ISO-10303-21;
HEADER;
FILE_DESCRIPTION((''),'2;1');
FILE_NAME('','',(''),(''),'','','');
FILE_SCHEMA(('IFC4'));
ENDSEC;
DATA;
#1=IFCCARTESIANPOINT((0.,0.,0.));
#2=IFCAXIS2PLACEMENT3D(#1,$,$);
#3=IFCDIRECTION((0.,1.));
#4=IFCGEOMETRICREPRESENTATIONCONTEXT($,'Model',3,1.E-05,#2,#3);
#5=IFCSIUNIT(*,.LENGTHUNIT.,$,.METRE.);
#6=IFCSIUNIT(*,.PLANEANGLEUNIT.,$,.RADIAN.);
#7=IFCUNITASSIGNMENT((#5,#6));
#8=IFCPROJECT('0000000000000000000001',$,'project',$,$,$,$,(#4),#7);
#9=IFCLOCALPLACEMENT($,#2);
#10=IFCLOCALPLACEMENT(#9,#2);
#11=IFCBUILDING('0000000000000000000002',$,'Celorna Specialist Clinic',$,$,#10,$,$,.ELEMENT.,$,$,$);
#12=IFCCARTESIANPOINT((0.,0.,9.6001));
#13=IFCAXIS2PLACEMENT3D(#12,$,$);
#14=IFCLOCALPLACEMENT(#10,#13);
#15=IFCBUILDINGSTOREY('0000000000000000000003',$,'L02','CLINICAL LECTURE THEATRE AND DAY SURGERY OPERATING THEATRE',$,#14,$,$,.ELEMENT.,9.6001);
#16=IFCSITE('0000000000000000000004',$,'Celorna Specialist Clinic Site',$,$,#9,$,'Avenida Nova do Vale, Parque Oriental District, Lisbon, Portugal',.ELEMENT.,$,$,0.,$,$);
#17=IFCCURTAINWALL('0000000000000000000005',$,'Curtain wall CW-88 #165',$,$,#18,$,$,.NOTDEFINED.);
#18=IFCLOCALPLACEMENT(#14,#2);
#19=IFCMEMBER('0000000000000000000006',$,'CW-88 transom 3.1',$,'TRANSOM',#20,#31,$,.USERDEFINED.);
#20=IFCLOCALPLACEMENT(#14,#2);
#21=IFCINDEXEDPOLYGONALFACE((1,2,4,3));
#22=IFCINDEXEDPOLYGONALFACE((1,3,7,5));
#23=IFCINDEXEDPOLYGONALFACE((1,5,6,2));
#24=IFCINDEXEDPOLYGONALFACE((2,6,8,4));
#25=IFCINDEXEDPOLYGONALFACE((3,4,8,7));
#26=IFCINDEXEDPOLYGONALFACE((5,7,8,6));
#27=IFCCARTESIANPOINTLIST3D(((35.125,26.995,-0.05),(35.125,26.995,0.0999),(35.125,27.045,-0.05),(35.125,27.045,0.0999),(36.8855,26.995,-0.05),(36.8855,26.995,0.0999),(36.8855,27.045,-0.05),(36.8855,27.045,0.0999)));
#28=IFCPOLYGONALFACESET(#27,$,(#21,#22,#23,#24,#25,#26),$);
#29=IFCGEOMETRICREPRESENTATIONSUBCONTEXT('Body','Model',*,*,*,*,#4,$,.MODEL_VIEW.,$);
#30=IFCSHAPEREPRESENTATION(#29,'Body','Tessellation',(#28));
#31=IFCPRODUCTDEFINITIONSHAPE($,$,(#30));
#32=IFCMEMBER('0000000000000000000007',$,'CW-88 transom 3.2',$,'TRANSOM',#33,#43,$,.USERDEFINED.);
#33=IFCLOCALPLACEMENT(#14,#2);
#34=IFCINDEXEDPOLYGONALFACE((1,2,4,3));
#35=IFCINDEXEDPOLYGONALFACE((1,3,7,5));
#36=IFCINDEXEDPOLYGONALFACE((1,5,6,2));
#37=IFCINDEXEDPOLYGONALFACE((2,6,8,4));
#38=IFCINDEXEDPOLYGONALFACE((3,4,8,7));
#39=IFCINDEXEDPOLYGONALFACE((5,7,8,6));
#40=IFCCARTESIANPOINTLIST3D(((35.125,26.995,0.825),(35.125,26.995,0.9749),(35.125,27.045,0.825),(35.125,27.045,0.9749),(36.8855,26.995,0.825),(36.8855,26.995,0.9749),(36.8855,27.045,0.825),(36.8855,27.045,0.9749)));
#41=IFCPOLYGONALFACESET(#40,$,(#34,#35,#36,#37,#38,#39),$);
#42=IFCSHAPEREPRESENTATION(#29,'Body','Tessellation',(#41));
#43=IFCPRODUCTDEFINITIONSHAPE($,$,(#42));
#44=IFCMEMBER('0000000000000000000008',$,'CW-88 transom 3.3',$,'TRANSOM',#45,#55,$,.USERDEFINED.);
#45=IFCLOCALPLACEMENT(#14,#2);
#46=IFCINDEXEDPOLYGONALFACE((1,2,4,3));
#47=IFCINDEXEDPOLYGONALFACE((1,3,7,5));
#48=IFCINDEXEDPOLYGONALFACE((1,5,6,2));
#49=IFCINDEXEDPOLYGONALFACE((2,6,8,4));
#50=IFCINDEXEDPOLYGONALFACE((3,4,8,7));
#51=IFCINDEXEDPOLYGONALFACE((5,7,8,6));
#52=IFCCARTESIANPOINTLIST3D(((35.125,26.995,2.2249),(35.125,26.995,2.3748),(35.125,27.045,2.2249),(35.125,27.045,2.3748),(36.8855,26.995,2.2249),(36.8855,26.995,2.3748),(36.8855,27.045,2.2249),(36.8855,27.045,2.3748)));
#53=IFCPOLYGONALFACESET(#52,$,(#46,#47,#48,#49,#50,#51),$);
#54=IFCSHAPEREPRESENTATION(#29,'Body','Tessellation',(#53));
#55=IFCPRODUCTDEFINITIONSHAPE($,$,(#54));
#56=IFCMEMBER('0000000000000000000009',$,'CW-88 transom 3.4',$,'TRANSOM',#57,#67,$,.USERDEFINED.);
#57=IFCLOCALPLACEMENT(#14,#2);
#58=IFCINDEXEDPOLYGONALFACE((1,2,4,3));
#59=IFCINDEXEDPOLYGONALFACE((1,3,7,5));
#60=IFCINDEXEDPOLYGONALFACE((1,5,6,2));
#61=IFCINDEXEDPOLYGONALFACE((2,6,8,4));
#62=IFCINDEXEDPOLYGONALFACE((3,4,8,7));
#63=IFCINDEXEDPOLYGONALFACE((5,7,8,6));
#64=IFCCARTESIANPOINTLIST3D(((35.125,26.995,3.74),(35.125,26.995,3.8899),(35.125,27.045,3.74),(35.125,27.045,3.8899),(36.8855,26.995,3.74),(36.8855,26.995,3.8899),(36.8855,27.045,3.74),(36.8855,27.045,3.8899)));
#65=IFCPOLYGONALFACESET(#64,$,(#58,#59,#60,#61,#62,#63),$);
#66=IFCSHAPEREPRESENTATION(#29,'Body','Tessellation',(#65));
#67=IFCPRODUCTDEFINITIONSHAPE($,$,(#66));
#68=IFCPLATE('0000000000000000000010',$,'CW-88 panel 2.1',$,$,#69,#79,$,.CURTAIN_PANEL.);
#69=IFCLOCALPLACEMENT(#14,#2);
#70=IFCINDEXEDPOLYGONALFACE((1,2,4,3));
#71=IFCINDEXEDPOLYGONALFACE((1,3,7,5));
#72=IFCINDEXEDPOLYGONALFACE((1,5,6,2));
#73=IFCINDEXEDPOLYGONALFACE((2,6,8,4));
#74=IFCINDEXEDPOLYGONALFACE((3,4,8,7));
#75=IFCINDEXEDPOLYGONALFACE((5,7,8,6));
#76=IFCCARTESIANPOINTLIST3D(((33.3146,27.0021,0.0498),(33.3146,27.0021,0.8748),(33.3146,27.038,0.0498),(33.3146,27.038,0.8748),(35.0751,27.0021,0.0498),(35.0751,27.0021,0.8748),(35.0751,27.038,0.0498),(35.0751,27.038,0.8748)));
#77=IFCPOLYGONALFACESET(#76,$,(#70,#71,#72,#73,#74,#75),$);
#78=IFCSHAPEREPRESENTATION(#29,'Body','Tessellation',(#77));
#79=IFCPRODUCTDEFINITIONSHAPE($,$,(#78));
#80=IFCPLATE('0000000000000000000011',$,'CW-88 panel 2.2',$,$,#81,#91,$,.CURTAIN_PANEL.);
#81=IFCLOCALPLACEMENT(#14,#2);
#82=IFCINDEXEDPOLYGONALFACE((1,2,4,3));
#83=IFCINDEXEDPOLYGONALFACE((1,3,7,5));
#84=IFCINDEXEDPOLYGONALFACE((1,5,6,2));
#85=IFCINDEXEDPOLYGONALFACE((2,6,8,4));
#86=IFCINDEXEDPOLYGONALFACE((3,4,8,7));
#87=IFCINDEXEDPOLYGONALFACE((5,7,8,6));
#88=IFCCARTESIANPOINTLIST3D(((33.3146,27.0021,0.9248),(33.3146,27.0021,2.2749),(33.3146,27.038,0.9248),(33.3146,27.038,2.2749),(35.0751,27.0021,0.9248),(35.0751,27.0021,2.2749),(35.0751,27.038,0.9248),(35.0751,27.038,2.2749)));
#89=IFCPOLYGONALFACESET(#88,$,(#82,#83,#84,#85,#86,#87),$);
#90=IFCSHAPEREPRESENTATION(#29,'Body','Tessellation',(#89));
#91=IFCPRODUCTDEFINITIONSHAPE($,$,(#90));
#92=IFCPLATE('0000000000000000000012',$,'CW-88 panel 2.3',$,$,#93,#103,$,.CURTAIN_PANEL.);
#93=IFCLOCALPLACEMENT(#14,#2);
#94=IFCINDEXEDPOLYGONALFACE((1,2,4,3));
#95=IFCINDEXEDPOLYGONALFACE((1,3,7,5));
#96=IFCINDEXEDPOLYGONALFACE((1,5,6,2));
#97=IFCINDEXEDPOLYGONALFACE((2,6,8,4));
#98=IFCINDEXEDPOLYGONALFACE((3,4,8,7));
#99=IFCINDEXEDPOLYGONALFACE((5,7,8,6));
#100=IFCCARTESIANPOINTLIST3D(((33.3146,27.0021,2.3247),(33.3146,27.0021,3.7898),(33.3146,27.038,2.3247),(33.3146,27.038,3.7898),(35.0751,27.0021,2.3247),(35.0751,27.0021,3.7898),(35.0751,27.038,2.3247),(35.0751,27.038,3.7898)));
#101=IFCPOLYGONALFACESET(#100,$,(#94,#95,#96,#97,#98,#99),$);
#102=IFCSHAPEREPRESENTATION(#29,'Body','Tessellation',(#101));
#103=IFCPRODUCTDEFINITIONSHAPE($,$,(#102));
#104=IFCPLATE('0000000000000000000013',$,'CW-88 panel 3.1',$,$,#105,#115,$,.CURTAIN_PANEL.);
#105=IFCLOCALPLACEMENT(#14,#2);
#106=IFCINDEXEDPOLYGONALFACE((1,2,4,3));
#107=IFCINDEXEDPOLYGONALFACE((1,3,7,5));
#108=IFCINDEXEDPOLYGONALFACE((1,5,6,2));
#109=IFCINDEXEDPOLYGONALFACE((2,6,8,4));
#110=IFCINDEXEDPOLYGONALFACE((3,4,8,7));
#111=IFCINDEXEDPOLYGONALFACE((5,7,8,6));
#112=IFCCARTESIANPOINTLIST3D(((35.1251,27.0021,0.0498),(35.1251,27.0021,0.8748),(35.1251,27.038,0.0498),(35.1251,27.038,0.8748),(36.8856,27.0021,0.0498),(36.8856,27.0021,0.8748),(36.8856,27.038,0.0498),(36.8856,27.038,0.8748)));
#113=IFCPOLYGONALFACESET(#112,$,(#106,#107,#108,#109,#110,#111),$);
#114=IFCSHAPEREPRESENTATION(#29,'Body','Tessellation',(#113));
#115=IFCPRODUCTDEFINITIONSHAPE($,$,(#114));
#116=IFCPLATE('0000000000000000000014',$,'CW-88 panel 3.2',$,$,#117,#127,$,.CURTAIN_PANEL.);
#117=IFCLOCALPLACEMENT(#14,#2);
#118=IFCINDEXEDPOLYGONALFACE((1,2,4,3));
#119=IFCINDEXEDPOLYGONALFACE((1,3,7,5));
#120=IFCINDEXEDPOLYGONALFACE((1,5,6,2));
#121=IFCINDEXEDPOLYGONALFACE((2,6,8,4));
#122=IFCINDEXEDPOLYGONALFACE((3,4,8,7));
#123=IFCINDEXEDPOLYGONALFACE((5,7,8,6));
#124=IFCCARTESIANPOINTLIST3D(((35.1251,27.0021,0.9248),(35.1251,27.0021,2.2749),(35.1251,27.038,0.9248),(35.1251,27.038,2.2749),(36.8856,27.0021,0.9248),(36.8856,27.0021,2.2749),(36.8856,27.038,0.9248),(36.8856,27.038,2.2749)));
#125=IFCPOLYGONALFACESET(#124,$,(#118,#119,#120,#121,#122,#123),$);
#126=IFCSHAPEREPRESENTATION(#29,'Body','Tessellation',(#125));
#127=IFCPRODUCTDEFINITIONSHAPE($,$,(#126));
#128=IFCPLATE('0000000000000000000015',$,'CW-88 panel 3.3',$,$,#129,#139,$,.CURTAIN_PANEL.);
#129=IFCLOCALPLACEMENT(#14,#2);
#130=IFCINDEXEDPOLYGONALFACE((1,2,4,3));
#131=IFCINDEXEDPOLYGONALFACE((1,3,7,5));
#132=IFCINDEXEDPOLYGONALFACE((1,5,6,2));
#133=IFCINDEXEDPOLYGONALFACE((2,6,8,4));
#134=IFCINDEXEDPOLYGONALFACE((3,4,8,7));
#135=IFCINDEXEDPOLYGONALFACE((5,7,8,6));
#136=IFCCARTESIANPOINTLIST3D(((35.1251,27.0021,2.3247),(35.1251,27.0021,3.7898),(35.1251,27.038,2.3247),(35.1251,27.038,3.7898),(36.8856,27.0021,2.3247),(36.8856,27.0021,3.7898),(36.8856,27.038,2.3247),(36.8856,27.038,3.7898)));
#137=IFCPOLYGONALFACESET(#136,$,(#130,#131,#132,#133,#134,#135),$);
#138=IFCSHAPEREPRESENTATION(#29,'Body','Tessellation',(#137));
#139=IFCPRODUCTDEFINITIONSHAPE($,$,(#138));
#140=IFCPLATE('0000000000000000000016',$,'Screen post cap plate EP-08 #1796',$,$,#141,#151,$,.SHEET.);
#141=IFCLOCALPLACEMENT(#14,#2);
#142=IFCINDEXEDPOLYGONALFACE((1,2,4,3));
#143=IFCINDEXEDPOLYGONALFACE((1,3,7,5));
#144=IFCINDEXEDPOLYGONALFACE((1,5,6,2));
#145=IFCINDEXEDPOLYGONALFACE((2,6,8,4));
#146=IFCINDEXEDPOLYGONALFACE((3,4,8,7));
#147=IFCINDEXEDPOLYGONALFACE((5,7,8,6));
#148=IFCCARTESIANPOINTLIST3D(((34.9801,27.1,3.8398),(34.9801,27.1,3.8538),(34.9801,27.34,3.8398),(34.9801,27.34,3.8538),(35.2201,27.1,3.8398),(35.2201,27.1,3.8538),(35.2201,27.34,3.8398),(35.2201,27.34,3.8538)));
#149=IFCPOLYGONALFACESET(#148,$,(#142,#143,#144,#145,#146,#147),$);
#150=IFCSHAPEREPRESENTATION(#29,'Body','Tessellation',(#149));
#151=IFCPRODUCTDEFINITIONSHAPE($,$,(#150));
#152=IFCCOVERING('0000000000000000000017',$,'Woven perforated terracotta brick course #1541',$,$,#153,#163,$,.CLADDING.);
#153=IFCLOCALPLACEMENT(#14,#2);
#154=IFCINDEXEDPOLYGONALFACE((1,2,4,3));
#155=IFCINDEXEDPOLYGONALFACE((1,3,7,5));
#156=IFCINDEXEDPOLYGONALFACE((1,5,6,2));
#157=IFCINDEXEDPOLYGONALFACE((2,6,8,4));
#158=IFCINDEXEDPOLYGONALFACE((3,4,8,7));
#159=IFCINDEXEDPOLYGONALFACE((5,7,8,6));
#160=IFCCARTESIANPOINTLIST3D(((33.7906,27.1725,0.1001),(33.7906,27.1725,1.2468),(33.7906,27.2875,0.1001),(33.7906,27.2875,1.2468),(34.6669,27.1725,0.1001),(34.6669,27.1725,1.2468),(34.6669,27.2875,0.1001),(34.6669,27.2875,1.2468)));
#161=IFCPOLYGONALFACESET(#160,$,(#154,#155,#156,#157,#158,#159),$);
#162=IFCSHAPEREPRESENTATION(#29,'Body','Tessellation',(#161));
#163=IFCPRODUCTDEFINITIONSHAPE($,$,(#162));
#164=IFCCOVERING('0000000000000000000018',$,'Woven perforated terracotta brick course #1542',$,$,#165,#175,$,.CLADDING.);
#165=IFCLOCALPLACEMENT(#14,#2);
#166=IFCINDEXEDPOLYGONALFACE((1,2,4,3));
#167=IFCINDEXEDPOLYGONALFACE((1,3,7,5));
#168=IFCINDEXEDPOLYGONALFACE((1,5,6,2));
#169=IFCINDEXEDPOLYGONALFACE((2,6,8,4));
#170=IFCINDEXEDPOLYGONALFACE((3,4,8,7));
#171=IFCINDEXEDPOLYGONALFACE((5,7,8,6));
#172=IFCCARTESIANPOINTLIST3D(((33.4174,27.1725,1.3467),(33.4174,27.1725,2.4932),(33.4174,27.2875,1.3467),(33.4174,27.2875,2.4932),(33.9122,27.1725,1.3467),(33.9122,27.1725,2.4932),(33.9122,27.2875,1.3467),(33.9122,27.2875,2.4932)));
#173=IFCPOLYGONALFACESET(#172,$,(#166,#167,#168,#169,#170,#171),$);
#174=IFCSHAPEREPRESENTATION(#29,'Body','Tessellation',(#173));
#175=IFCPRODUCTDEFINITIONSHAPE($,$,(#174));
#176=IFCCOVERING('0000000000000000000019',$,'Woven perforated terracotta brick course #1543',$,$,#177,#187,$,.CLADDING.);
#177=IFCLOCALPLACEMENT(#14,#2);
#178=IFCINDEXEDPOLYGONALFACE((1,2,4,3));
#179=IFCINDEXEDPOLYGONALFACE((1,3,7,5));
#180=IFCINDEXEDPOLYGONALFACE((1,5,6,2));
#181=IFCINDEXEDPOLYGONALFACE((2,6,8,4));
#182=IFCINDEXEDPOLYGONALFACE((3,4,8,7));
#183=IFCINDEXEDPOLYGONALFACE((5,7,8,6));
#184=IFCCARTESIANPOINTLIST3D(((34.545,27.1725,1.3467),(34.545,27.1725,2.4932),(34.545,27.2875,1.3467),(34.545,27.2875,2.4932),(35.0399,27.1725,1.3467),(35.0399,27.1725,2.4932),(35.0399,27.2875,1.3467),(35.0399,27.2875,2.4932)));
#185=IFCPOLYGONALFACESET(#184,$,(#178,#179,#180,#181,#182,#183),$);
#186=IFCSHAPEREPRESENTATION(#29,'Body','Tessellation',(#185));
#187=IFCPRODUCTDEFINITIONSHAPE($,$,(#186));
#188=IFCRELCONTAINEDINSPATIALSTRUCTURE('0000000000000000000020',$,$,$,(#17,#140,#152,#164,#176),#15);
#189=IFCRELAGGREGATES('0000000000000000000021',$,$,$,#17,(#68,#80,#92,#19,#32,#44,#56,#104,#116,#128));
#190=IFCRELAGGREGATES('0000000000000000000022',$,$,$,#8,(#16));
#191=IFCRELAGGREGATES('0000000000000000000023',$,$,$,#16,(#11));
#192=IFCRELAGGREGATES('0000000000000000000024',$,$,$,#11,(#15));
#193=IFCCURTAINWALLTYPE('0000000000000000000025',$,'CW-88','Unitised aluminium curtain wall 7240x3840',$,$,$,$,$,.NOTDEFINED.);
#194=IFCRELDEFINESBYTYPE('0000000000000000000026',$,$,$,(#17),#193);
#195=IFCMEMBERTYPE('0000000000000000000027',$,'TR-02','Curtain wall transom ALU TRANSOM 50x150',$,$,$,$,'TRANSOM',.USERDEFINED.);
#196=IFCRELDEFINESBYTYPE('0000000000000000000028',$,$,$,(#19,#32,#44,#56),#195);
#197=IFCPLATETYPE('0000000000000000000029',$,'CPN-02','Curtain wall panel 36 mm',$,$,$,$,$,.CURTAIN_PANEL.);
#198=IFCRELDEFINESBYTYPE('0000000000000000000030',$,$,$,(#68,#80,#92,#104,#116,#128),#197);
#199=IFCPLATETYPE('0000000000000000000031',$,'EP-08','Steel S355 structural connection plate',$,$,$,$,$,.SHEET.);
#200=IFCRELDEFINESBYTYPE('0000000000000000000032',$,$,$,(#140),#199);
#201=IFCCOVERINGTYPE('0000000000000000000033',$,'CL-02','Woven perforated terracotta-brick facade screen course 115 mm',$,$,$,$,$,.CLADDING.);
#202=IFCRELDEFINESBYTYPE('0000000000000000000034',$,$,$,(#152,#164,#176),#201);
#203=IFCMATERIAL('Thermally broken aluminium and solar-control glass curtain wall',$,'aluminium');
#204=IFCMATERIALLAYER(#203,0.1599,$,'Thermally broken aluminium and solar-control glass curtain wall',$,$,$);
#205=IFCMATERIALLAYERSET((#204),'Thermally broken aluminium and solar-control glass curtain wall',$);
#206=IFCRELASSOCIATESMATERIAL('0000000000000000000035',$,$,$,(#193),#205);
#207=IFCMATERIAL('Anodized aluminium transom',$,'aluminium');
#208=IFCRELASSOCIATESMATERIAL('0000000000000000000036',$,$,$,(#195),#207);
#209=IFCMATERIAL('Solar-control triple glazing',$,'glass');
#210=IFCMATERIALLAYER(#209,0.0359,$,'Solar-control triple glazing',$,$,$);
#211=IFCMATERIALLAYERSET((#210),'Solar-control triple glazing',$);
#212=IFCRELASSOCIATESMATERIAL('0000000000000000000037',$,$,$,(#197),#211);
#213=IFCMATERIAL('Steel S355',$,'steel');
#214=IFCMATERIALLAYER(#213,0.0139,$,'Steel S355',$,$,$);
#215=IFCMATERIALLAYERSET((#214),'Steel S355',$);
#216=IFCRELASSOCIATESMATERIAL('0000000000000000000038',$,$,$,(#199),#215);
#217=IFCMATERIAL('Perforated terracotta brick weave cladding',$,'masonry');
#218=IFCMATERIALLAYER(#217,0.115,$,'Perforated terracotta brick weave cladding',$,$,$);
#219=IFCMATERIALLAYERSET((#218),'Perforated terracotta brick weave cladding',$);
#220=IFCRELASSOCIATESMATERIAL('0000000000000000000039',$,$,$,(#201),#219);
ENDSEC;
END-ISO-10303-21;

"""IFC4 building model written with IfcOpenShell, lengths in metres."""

from ifc_helpers import new_model, si_unit, direction, frame, origin, origin_2d, place, context, subcontext, project, spatial, rectangle, extrude, material, layer, layer_set, material_profile, profile_set, type_object, element, aggregate, save


model = new_model("IFC4")

# Units and contexts
model_context = context("Model", 3, precision=1e-05, world=origin(), true_north=direction((0.0, 1.0)))
body_context = subcontext(model_context, "Body", "Model", "MODEL_VIEW")
ifc_project = project(units=[si_unit("LENGTHUNIT", "METRE"), si_unit("PLANEANGLEUNIT", "RADIAN")], contexts=[model_context])

# Site, building, storey
site_placement = place(None, origin())
site = spatial("IfcSite", under=ifc_project, at=site_placement, Name="Celorna Specialist Clinic Site", LongName="Avenida Nova do Vale, Parque Oriental District, Lisbon, Portugal", CompositionType="ELEMENT", RefElevation=0.0)
building_placement = place(site_placement, origin())
building = spatial("IfcBuilding", under=site, at=building_placement, Name="Celorna Specialist Clinic", CompositionType="ELEMENT")
storey_placement = place(building_placement, frame((0.0, 0.0, 9.6001)))
storey = spatial("IfcBuildingStorey", under=building, at=storey_placement, Name="L02", Description="CLINICAL LECTURE THEATRE AND DAY SURGERY OPERATING THEATRE", CompositionType="ELEMENT", Elevation=9.6001)

# Shared definitions
ifc_material_1 = material(Name="Steel S355", Category="steel")

# Curtain wall, members, plates
ifc_material_2 = material(Name="Thermally broken aluminium and solar-control glass curtain wall", Category="aluminium")
ifc_layer_1 = layer(ifc_material_2, 0.1599, Name="Thermally broken aluminium and solar-control glass curtain wall")
ifc_layer_set_1 = layer_set([ifc_layer_1], Name="Thermally broken aluminium and solar-control glass curtain wall")
curtain_wall_type = type_object("IfcCurtainWallType", Name="CW-88", Description="Unitised aluminium curtain wall 7240x3840", PredefinedType="NOTDEFINED", material=ifc_layer_set_1)
curtain_wall_placement = place(storey_placement, origin())
curtain_wall = element("IfcCurtainWall", 1, at=curtain_wall_placement, inside=storey, type_object=curtain_wall_type, Name="Curtain wall CW-88 #165", PredefinedType="NOTDEFINED")
ifc_material_3 = material(Name="Anodized aluminium transom", Category="aluminium")
ifc_material_profile_1 = material_profile(ifc_material_3, rectangle(XDim=0.05, YDim=0.1499, at=origin_2d()), Name="ALU TRANSOM 50x150")
ifc_profile_set_1 = profile_set([ifc_material_profile_1], Name="Anodized aluminium transom")
member_type_1 = type_object("IfcMemberType", Name="TR-02", Description="Curtain wall transom ALU TRANSOM 50x150", ElementType="TRANSOM", PredefinedType="USERDEFINED", material=ifc_profile_set_1)
member_1_placement = place(storey_placement, frame((35.125, 27.02, 0.0249), z_axis=(1.0, 0.0, 0.0), x_axis=(0.0, 1.0, 0.0)))
member_1 = element("IfcMember", 2, at=member_1_placement, type_object=member_type_1, Name="CW-88 transom 3.1", ObjectType="TRANSOM", PredefinedType="USERDEFINED", context=body_context, shape_type="SweptSolid", body=[
    extrude(rectangle(XDim=0.05, YDim=0.1499, at=origin_2d()), origin(), (0.0, 0.0, 1.0), 1.7605),
])
member_2_placement = place(storey_placement, frame((35.125, 27.02, 0.8999), z_axis=(1.0, 0.0, 0.0), x_axis=(0.0, 1.0, 0.0)))
member_2 = element("IfcMember", 3, at=member_2_placement, type_object=member_type_1, Name="CW-88 transom 3.2", ObjectType="TRANSOM", PredefinedType="USERDEFINED", context=body_context, shape_type="SweptSolid", body=[
    extrude(rectangle(XDim=0.05, YDim=0.1499, at=origin_2d()), origin(), (0.0, 0.0, 1.0), 1.7605),
])
member_3_placement = place(storey_placement, frame((35.125, 27.02, 2.2998), z_axis=(1.0, 0.0, 0.0), x_axis=(0.0, 1.0, 0.0)))
member_3 = element("IfcMember", 4, at=member_3_placement, type_object=member_type_1, Name="CW-88 transom 3.3", ObjectType="TRANSOM", PredefinedType="USERDEFINED", context=body_context, shape_type="SweptSolid", body=[
    extrude(rectangle(XDim=0.05, YDim=0.1499, at=origin_2d()), origin(), (0.0, 0.0, 1.0), 1.7605),
])
member_4_placement = place(storey_placement, frame((35.125, 27.02, 3.8149), z_axis=(1.0, 0.0, 0.0), x_axis=(0.0, 1.0, 0.0)))
member_4 = element("IfcMember", 5, at=member_4_placement, type_object=member_type_1, Name="CW-88 transom 3.4", ObjectType="TRANSOM", PredefinedType="USERDEFINED", context=body_context, shape_type="SweptSolid", body=[
    extrude(rectangle(XDim=0.05, YDim=0.1499, at=origin_2d()), origin(), (0.0, 0.0, 1.0), 1.7605),
])
ifc_material_4 = material(Name="Solar-control triple glazing", Category="glass")
ifc_layer_2 = layer(ifc_material_4, 0.0359, Name="Solar-control triple glazing")
ifc_layer_set_2 = layer_set([ifc_layer_2], Name="Solar-control triple glazing")
plate_type_1 = type_object("IfcPlateType", Name="CPN-02", Description="Curtain wall panel 36 mm", PredefinedType="CURTAIN_PANEL", material=ifc_layer_set_2)
plate_1_placement = place(storey_placement, frame((34.1948, 27.02, 0.0498), z_axis=(0.0, 0.0, 1.0), x_axis=(1.0, 0.0, 0.0)))
plate_1 = element("IfcPlate", 6, at=plate_1_placement, type_object=plate_type_1, Name="CW-88 panel 2.1", PredefinedType="CURTAIN_PANEL", context=body_context, shape_type="SweptSolid", body=[
    extrude(rectangle(XDim=1.7605, YDim=0.0359, at=origin_2d()), origin(), (0.0, 0.0, 1.0), 0.825),
])
plate_2_placement = place(storey_placement, frame((34.1948, 27.02, 0.9248), z_axis=(0.0, 0.0, 1.0), x_axis=(1.0, 0.0, 0.0)))
plate_2 = element("IfcPlate", 7, at=plate_2_placement, type_object=plate_type_1, Name="CW-88 panel 2.2", PredefinedType="CURTAIN_PANEL", context=body_context, shape_type="SweptSolid", body=[
    extrude(rectangle(XDim=1.7605, YDim=0.0359, at=origin_2d()), origin(), (0.0, 0.0, 1.0), 1.3501),
])
plate_3_placement = place(storey_placement, frame((34.1948, 27.02, 2.3247), z_axis=(0.0, 0.0, 1.0), x_axis=(1.0, 0.0, 0.0)))
plate_3 = element("IfcPlate", 8, at=plate_3_placement, type_object=plate_type_1, Name="CW-88 panel 2.3", PredefinedType="CURTAIN_PANEL", context=body_context, shape_type="SweptSolid", body=[
    extrude(rectangle(XDim=1.7605, YDim=0.0359, at=origin_2d()), origin(), (0.0, 0.0, 1.0), 1.4651),
])
plate_4_placement = place(storey_placement, frame((36.0054, 27.02, 0.0498), z_axis=(0.0, 0.0, 1.0), x_axis=(1.0, 0.0, 0.0)))
plate_4 = element("IfcPlate", 9, at=plate_4_placement, type_object=plate_type_1, Name="CW-88 panel 3.1", PredefinedType="CURTAIN_PANEL", context=body_context, shape_type="SweptSolid", body=[
    extrude(rectangle(XDim=1.7605, YDim=0.0359, at=origin_2d()), origin(), (0.0, 0.0, 1.0), 0.825),
])
plate_5_placement = place(storey_placement, frame((36.0054, 27.02, 0.9248), z_axis=(0.0, 0.0, 1.0), x_axis=(1.0, 0.0, 0.0)))
plate_5 = element("IfcPlate", 10, at=plate_5_placement, type_object=plate_type_1, Name="CW-88 panel 3.2", PredefinedType="CURTAIN_PANEL", context=body_context, shape_type="SweptSolid", body=[
    extrude(rectangle(XDim=1.7605, YDim=0.0359, at=origin_2d()), origin(), (0.0, 0.0, 1.0), 1.3501),
])
plate_6_placement = place(storey_placement, frame((36.0054, 27.02, 2.3247), z_axis=(0.0, 0.0, 1.0), x_axis=(1.0, 0.0, 0.0)))
plate_6 = element("IfcPlate", 11, at=plate_6_placement, type_object=plate_type_1, Name="CW-88 panel 3.3", PredefinedType="CURTAIN_PANEL", context=body_context, shape_type="SweptSolid", body=[
    extrude(rectangle(XDim=1.7605, YDim=0.0359, at=origin_2d()), origin(), (0.0, 0.0, 1.0), 1.4651),
])
aggregate(curtain_wall, [plate_1, plate_2, plate_3, member_1, member_2, member_3, member_4, plate_4, plate_5, plate_6])

# Plate
ifc_layer_3 = layer(ifc_material_1, 0.0139, Name="Steel S355")
ifc_layer_set_3 = layer_set([ifc_layer_3], Name="Steel S355")
plate_type_2 = type_object("IfcPlateType", Name="EP-08", Description="Steel S355 structural connection plate", PredefinedType="SHEET", material=ifc_layer_set_3)
plate_7_placement = place(storey_placement, frame((35.1001, 27.22, 3.8398), z_axis=(0.0, 0.0, 1.0), x_axis=(1.0, 0.0, 0.0)))
element("IfcPlate", 12, at=plate_7_placement, inside=storey, type_object=plate_type_2, Name="Screen post cap plate EP-08 #1796", PredefinedType="SHEET", context=body_context, shape_type="SweptSolid", body=[
    extrude(rectangle(XDim=0.24, YDim=0.24, at=origin_2d()), origin(), (0.0, 0.0, 1.0), 0.0139),
])

# Coverings
ifc_material_5 = material(Name="Perforated terracotta brick weave cladding", Category="masonry")
ifc_layer_4 = layer(ifc_material_5, 0.115, Name="Perforated terracotta brick weave cladding")
ifc_layer_set_4 = layer_set([ifc_layer_4], Name="Perforated terracotta brick weave cladding")
covering_type = type_object("IfcCoveringType", Name="CL-02", Description="Woven perforated terracotta-brick facade screen course 115 mm", PredefinedType="CLADDING", material=ifc_layer_set_4)
covering_1_placement = place(storey_placement, frame((34.2288, 27.23, 0.1001), z_axis=(0.0, 0.0, 1.0), x_axis=(1.0, 0.0, 0.0)))
element("IfcCovering", 13, at=covering_1_placement, inside=storey, type_object=covering_type, Name="Woven perforated terracotta brick course #1541", PredefinedType="CLADDING", context=body_context, shape_type="SweptSolid", body=[
    extrude(rectangle(XDim=0.8762, YDim=0.115, at=origin_2d()), origin(), (0.0, 0.0, 1.0), 1.1467),
])
for number, where, z_axis, x_axis, name in (
    (14, (33.6648, 27.23, 1.3467), (0.0, 0.0, 1.0), (1.0, 0.0, 0.0), "Woven perforated terracotta brick course #1542"),
    (15, (34.7925, 27.23, 1.3467), (0.0, 0.0, 1.0), (1.0, 0.0, 0.0), "Woven perforated terracotta brick course #1543"),
):
    element("IfcCovering", number, at=place(storey_placement, frame(where, z_axis=z_axis, x_axis=x_axis)), inside=storey, type_object=covering_type, Name=name, PredefinedType="CLADDING", context=body_context, shape_type="SweptSolid", body=[
        extrude(rectangle(XDim=0.4949, YDim=0.115, at=origin_2d()), origin(), (0.0, 0.0, 1.0), 1.1465),
    ])

save(model, "model.ifc")
